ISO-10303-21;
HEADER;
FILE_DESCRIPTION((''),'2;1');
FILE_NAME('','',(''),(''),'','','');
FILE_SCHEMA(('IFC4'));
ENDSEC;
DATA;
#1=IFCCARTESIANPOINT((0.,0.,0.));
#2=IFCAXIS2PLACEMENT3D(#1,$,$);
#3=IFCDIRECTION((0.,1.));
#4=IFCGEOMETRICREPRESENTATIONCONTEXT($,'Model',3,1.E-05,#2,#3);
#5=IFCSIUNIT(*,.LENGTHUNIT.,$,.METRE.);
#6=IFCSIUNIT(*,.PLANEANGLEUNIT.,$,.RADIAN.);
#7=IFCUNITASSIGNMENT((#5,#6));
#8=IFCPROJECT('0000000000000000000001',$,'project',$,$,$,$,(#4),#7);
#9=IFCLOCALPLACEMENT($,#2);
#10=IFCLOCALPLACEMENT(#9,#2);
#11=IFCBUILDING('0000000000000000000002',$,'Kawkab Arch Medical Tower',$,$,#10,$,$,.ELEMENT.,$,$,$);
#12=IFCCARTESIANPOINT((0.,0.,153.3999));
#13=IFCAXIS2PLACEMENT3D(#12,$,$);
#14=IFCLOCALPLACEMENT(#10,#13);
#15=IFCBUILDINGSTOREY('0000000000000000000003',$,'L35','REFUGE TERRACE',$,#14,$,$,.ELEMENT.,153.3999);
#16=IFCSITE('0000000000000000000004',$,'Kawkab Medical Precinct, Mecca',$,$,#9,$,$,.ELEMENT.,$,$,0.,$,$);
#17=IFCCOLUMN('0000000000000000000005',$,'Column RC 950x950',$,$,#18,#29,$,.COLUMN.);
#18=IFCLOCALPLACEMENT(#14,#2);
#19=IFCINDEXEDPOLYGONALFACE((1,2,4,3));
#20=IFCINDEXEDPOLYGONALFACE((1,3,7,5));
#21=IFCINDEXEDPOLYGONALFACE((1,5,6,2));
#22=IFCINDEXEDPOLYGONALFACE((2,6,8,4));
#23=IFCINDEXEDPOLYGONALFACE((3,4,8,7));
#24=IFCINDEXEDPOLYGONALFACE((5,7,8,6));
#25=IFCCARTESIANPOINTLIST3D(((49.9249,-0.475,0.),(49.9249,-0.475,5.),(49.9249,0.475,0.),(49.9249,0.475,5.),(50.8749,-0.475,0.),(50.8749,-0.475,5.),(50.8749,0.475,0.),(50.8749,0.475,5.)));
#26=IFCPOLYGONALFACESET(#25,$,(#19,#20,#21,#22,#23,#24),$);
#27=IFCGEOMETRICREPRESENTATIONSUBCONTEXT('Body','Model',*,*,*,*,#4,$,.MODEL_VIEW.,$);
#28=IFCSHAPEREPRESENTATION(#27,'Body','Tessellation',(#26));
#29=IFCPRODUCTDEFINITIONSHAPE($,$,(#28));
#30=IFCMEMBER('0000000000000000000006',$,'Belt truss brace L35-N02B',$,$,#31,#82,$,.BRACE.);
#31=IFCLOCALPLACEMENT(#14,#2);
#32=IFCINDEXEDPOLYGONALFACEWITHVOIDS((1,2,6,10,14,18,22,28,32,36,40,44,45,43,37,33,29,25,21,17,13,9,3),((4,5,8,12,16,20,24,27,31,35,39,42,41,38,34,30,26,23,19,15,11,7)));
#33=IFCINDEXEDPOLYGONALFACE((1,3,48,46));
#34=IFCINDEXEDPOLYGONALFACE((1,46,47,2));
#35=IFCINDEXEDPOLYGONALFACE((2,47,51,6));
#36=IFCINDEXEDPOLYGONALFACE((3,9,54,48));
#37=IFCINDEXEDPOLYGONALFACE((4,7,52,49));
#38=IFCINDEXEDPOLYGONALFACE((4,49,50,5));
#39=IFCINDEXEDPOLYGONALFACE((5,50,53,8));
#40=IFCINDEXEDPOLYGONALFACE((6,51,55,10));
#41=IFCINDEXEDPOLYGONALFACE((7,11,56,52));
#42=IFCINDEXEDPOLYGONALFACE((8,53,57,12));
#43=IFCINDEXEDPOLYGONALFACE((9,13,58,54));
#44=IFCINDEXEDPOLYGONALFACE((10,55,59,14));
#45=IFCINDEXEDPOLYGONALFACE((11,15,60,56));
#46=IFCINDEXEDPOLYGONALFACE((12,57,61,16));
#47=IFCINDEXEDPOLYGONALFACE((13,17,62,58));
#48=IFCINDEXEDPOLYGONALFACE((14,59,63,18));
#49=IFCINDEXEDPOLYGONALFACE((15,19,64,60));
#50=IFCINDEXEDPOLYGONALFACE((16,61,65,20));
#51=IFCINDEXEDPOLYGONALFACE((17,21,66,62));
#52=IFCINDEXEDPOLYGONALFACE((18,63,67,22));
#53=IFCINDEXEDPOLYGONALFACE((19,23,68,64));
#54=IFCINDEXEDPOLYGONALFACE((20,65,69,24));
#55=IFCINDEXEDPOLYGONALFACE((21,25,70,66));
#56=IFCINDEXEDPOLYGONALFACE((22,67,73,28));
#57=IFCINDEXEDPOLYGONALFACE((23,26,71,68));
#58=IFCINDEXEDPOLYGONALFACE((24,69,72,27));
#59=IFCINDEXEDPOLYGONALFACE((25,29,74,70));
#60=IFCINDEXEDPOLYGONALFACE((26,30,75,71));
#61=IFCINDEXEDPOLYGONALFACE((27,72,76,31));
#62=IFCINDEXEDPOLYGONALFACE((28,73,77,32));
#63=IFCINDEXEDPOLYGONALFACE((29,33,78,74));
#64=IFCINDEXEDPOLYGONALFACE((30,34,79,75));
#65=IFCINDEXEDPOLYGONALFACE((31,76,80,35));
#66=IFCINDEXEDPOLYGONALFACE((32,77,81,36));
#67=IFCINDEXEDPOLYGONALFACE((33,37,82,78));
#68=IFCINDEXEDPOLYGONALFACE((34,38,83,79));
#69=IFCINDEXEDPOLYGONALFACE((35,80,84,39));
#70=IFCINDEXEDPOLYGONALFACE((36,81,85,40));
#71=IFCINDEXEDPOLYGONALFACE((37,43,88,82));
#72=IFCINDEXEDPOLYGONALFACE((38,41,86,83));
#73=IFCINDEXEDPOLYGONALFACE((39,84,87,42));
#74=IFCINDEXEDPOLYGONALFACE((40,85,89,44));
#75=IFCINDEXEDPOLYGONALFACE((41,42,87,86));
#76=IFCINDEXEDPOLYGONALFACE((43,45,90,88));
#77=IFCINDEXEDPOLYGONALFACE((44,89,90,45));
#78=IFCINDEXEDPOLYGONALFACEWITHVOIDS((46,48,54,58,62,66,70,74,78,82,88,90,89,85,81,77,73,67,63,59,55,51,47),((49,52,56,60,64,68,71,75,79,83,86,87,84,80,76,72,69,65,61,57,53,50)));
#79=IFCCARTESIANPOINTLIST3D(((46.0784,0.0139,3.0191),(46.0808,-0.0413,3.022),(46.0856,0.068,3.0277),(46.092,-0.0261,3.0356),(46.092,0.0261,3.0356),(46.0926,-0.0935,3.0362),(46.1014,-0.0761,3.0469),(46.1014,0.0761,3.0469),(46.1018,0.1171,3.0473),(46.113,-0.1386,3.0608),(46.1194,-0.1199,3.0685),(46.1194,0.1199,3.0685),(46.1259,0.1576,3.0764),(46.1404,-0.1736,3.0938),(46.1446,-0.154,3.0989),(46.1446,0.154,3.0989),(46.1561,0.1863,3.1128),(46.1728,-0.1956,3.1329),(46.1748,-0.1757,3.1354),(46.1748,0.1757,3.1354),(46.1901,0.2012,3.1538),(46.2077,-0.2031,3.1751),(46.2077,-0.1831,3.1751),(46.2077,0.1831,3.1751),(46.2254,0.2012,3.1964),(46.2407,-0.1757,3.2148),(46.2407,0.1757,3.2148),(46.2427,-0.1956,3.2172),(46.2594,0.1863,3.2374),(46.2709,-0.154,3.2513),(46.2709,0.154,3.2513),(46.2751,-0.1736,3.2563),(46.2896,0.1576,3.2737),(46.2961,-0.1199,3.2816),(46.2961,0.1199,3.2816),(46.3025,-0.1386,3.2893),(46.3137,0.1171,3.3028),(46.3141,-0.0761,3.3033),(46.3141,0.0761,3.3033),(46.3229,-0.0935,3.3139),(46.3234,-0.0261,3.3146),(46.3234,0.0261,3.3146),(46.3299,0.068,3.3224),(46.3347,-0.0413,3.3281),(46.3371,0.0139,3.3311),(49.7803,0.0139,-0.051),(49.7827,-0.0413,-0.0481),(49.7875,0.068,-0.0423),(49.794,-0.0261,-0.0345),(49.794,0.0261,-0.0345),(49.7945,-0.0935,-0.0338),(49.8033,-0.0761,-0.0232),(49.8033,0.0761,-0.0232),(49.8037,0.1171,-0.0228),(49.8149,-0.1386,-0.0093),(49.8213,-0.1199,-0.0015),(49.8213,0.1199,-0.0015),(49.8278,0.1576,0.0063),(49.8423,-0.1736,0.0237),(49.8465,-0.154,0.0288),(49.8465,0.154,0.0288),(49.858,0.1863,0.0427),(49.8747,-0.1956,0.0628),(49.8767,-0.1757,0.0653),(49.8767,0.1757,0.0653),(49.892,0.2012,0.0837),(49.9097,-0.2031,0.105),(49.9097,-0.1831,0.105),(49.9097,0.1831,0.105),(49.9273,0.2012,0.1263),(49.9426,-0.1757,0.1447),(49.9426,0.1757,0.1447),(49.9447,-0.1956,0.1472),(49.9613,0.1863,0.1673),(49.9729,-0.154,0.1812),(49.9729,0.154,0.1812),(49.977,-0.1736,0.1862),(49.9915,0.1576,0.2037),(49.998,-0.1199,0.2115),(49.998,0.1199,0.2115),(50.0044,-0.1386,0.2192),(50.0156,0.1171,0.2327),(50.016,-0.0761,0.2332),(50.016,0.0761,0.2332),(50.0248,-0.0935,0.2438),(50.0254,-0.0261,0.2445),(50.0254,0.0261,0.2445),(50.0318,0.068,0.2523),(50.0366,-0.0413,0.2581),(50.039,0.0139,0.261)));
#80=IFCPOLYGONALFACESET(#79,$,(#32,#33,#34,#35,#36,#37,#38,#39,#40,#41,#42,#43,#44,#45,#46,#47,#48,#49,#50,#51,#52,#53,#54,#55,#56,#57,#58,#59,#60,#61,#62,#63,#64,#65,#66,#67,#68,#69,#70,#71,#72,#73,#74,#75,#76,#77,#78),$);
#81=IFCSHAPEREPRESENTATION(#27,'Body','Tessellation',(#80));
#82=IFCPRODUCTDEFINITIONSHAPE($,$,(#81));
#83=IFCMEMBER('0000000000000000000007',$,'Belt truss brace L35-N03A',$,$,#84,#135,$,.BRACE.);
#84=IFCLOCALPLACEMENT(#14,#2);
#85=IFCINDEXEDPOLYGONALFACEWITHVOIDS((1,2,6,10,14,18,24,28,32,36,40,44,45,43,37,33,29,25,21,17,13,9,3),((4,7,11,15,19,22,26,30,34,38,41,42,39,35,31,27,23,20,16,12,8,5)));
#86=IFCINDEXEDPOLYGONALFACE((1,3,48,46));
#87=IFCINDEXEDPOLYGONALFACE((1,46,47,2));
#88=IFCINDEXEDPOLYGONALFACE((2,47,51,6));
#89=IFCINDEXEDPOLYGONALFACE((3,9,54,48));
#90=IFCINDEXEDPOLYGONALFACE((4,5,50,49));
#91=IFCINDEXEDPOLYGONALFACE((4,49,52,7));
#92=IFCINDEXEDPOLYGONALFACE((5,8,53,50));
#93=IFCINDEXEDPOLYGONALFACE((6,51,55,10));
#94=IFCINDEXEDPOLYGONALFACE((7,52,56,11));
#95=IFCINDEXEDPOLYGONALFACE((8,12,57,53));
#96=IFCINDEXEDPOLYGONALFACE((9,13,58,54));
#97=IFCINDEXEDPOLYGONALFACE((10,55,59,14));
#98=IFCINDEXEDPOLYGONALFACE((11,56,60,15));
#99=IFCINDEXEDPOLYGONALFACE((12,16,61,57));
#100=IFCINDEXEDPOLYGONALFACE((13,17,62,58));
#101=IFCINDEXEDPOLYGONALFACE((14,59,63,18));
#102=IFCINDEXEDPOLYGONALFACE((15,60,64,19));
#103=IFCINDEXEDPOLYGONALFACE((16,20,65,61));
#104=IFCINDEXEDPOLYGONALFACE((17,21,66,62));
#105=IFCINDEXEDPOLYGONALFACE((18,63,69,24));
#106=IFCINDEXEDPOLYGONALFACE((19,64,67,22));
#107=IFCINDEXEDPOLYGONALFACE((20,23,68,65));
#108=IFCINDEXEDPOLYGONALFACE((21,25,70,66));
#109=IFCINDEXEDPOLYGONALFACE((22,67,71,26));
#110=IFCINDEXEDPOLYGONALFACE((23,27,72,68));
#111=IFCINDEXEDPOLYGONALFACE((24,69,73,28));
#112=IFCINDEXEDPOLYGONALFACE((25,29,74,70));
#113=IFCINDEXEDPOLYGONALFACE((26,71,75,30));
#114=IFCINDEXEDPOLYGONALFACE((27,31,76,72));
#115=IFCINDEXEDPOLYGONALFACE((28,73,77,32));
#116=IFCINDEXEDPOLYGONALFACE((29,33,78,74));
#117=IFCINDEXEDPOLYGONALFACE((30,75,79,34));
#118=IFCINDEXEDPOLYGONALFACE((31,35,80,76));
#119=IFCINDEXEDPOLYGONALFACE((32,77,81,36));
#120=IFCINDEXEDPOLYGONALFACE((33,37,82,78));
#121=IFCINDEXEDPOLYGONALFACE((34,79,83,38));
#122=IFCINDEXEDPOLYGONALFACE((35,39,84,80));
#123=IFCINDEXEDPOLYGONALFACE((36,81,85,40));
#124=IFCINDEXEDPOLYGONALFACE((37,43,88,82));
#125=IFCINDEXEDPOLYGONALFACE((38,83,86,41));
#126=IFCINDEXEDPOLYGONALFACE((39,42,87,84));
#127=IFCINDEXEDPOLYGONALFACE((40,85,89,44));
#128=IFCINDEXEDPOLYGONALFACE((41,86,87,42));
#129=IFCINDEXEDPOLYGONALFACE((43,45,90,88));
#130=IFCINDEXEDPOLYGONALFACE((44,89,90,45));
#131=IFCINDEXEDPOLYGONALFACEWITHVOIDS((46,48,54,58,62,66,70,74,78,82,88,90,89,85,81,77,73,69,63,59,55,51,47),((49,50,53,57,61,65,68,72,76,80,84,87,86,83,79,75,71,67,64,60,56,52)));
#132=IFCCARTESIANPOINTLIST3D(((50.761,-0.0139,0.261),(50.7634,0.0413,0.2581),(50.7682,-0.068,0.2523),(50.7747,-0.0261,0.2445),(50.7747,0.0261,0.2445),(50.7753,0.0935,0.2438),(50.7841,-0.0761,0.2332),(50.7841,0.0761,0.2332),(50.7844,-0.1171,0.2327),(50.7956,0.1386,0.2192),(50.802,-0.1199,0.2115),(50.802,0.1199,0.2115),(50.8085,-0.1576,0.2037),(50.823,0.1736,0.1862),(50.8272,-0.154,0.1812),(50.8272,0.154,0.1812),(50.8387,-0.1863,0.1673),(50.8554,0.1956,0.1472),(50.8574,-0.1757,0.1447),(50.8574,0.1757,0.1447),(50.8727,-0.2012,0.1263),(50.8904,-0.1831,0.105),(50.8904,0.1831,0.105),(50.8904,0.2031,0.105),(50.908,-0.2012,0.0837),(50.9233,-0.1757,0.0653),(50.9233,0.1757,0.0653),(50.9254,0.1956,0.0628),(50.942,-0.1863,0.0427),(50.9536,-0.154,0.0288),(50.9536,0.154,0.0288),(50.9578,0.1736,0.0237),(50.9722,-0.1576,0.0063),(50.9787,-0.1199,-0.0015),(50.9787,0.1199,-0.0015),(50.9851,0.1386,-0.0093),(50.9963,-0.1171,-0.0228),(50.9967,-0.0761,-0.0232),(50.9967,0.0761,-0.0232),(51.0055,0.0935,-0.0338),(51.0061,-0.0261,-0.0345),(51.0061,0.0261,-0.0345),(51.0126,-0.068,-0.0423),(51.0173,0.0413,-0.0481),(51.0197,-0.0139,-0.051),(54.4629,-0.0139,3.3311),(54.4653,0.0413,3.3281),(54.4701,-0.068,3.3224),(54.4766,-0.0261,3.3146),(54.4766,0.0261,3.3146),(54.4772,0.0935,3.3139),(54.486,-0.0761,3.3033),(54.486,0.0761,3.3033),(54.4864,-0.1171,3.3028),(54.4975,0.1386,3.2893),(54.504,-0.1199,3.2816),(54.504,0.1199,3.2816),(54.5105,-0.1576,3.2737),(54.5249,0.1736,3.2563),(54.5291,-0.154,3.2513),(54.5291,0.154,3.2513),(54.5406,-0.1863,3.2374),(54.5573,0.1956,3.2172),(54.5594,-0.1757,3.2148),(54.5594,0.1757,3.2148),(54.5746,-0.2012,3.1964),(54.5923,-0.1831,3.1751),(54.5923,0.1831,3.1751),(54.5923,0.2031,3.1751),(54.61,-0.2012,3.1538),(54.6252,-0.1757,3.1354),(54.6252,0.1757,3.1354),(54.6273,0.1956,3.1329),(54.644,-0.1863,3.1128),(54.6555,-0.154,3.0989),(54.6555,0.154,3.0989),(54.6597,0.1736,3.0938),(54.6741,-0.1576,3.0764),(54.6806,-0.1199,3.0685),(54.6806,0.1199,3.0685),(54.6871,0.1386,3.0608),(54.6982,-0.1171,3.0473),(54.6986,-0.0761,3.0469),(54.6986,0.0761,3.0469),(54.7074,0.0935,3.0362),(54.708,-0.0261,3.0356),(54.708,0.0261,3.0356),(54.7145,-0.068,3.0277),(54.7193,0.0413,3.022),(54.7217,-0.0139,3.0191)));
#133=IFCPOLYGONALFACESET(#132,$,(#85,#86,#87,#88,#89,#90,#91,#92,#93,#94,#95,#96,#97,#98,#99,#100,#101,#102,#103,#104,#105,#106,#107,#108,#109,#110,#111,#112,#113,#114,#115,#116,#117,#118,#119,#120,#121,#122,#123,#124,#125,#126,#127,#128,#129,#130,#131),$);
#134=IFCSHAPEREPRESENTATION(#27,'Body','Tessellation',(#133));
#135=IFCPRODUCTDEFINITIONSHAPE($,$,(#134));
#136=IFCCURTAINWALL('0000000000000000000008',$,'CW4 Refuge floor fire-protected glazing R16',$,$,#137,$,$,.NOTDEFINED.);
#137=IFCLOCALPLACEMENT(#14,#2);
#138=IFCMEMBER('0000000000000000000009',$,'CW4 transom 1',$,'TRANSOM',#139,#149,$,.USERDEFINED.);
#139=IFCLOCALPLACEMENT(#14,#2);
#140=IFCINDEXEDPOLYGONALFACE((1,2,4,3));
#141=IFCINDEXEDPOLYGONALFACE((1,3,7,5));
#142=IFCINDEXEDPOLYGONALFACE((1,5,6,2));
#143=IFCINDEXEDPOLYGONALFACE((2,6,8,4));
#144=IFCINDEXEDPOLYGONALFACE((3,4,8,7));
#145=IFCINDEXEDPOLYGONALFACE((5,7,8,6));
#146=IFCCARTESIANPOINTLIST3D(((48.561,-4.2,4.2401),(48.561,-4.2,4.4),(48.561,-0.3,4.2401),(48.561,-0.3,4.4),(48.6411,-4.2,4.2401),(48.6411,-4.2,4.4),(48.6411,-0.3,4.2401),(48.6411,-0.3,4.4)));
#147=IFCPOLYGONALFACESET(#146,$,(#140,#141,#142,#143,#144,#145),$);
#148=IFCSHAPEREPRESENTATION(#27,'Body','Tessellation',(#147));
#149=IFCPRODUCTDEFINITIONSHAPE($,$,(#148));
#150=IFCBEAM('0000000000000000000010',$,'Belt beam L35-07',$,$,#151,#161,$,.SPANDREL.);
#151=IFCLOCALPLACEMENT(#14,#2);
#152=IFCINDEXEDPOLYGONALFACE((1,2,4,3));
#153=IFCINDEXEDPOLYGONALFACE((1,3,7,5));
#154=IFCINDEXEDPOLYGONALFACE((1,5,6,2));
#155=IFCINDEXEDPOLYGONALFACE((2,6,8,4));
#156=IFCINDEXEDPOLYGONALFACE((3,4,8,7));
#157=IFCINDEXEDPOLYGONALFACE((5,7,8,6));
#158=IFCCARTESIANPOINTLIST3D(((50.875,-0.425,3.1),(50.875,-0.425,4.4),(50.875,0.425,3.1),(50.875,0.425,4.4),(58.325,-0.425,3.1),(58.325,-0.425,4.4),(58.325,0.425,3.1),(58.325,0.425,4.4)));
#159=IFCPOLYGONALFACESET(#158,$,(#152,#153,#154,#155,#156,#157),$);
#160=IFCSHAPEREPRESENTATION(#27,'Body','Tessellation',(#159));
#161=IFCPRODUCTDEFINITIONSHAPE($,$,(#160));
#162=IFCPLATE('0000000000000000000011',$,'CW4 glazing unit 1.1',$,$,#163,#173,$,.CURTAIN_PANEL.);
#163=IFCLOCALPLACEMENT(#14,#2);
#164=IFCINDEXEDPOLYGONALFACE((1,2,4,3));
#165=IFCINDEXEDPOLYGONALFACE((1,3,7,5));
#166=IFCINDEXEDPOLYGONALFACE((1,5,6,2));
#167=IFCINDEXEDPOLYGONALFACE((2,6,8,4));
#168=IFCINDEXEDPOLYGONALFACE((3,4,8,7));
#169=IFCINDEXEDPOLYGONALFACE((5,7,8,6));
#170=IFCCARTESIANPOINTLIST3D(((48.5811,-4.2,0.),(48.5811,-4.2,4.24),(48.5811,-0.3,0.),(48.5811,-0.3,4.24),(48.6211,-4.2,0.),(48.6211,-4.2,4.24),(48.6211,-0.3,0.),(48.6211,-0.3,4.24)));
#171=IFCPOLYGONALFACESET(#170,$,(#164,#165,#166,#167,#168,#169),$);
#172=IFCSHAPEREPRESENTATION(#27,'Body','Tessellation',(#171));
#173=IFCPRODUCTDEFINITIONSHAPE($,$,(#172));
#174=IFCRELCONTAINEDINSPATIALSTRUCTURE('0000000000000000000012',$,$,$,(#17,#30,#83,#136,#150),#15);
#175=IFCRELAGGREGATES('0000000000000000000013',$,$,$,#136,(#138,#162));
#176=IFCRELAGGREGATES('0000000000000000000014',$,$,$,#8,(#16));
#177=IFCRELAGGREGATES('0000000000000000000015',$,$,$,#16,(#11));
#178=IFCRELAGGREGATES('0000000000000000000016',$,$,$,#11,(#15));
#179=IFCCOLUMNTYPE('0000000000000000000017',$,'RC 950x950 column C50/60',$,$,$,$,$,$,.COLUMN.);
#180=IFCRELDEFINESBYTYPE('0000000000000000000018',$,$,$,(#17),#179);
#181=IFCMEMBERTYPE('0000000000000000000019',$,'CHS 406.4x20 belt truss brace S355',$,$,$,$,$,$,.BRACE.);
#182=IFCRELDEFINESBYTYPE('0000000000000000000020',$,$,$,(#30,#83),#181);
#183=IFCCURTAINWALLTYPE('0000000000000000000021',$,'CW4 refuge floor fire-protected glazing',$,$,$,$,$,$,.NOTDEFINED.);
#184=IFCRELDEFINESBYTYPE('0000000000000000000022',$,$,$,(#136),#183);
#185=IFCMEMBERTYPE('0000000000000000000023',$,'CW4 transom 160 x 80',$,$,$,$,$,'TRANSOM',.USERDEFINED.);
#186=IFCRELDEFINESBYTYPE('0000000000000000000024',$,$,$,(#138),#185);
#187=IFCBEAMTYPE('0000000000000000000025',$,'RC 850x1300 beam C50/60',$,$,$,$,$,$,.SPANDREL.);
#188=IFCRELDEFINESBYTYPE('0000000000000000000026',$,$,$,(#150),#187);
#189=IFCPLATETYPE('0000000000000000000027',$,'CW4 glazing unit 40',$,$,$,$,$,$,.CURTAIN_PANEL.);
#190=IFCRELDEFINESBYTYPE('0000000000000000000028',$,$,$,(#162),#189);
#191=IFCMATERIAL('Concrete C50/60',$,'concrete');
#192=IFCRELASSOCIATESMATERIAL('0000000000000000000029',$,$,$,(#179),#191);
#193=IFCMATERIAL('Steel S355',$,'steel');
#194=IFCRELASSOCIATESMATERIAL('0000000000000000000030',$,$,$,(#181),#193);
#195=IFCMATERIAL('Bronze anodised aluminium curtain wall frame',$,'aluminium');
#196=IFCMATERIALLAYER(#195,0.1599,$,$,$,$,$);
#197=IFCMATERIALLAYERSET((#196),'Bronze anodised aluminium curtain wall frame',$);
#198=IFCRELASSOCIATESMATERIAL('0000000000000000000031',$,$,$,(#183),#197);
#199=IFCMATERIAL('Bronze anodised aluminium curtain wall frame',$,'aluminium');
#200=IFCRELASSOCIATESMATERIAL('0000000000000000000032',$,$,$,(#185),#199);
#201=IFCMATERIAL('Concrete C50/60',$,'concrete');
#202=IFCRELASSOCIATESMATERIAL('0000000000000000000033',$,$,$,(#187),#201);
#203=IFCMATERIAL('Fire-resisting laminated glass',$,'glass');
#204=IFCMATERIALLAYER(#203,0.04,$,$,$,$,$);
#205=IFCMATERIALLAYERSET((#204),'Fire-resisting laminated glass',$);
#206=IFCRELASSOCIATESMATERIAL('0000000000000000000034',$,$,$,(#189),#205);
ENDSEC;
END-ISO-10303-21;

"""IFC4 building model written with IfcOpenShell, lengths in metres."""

from ifc_helpers import new_model, si_unit, direction, frame, origin, origin_2d, place, context, subcontext, project, spatial, rectangle, hollow_circle, extrude, material, layer, layer_set, material_profile, profile_set, type_object, element, aggregate, save


model = new_model("IFC4")

# Units and contexts
model_context = context("Model", 3, precision=1e-05, world=origin(), true_north=direction((0.0, 1.0)))
body_context = subcontext(model_context, "Body", "Model", "MODEL_VIEW")
ifc_project = project(units=[si_unit("LENGTHUNIT", "METRE"), si_unit("PLANEANGLEUNIT", "RADIAN")], contexts=[model_context])

# Site, building, storey
site_placement = place(None, origin())
site = spatial("IfcSite", under=ifc_project, at=site_placement, Name="Kawkab Medical Precinct, Mecca", CompositionType="ELEMENT", RefElevation=0.0)
building_placement = place(site_placement, origin())
building = spatial("IfcBuilding", under=site, at=building_placement, Name="Kawkab Arch Medical Tower", CompositionType="ELEMENT")
storey_placement = place(building_placement, frame((0.0, 0.0, 153.3999)))
storey = spatial("IfcBuildingStorey", under=building, at=storey_placement, Name="L35", Description="REFUGE TERRACE", CompositionType="ELEMENT", Elevation=153.3999)

# Column
ifc_material_1 = material(Name="Concrete C50/60", Category="concrete")
ifc_material_profile_1 = material_profile(ifc_material_1, rectangle(XDim=0.95, YDim=0.95, at=origin_2d()), Name="RC 950x950")
ifc_profile_set_1 = profile_set([ifc_material_profile_1], Name="Concrete C50/60")
column_type = type_object("IfcColumnType", Name="RC 950x950 column C50/60", PredefinedType="COLUMN", material=ifc_profile_set_1)
column_placement = place(storey_placement, frame((50.3999, 0.0, 0.0), z_axis=(0.0, 0.0, 1.0), x_axis=(1.0, 0.0, 0.0)))
element("IfcColumn", 1, at=column_placement, inside=storey, type_object=column_type, Name="Column RC 950x950", PredefinedType="COLUMN", context=body_context, shape_type="SweptSolid", body=[
    extrude(rectangle(XDim=0.95, YDim=0.95, at=origin_2d()), origin(), (0.0, 0.0, 1.0), 5.0),
])

# Members
ifc_material_2 = material(Name="Steel S355", Category="steel")
ifc_material_profile_2 = material_profile(ifc_material_2, hollow_circle(Radius=0.2031, WallThickness=0.02, at=origin_2d()), Name="CHS 406.4x20")
ifc_profile_set_2 = profile_set([ifc_material_profile_2], Name="Steel S355")
member_type_1 = type_object("IfcMemberType", Name="CHS 406.4x20 belt truss brace S355", PredefinedType="BRACE", material=ifc_profile_set_2)
for number, where, z_axis, x_axis, name in (
    (2, (49.9097, 0.0, 0.105), (-0.769738, 0.0, 0.63836), (0.0, -1.0, 0.0), "Belt truss brace L35-N02B"),
    (3, (50.8904, 0.0, 0.105), (0.769738, 0.0, 0.63836), (0.0, 1.0, 0.0), "Belt truss brace L35-N03A"),
):
    element("IfcMember", number, at=place(storey_placement, frame(where, z_axis=z_axis, x_axis=x_axis)), inside=storey, type_object=member_type_1, Name=name, PredefinedType="BRACE", context=body_context, shape_type="SweptSolid", body=[
        extrude(hollow_circle(Radius=0.2031, WallThickness=0.02, at=origin_2d()), origin(), (0.0, 0.0, 1.0), 4.8093),
    ])

# Curtain wall, member
ifc_material_3 = material(Name="Bronze anodised aluminium curtain wall frame", Category="aluminium")
ifc_layer_1 = layer(ifc_material_3, 0.1599)
ifc_layer_set_1 = layer_set([ifc_layer_1], Name="Bronze anodised aluminium curtain wall frame")
curtain_wall_type = type_object("IfcCurtainWallType", Name="CW4 refuge floor fire-protected glazing", PredefinedType="NOTDEFINED", material=ifc_layer_set_1)
placement = place(storey_placement, origin())
curtain_wall = element("IfcCurtainWall", 4, at=placement, inside=storey, type_object=curtain_wall_type, Name="CW4 Refuge floor fire-protected glazing R16", PredefinedType="NOTDEFINED")
ifc_material_4 = material(Name="Bronze anodised aluminium curtain wall frame", Category="aluminium")
ifc_material_profile_3 = material_profile(ifc_material_4, rectangle(XDim=0.0801, YDim=0.1599, at=origin_2d()), Name="AL 80x160")
ifc_profile_set_3 = profile_set([ifc_material_profile_3], Name="Bronze anodised aluminium curtain wall frame")
member_type_2 = type_object("IfcMemberType", Name="CW4 transom 160 x 80", ElementType="TRANSOM", PredefinedType="USERDEFINED", material=ifc_profile_set_3)
member_placement = place(storey_placement, frame((48.6011, -4.2, 4.3201), z_axis=(0.0, 1.0, 0.0), x_axis=(-1.0, 0.0, 0.0)))
member = element("IfcMember", 5, at=member_placement, type_object=member_type_2, Name="CW4 transom 1", ObjectType="TRANSOM", PredefinedType="USERDEFINED", context=body_context, shape_type="SweptSolid", body=[
    extrude(rectangle(XDim=0.0801, YDim=0.1599, at=origin_2d()), origin(), (0.0, 0.0, 1.0), 3.8999),
])

# Beam
ifc_material_5 = material(Name="Concrete C50/60", Category="concrete")
ifc_material_profile_4 = material_profile(ifc_material_5, rectangle(XDim=0.8501, YDim=1.3, at=origin_2d()), Name="RC 850x1300")
ifc_profile_set_4 = profile_set([ifc_material_profile_4], Name="Concrete C50/60")
beam_type = type_object("IfcBeamType", Name="RC 850x1300 beam C50/60", PredefinedType="SPANDREL", material=ifc_profile_set_4)
beam_placement = place(storey_placement, frame((50.875, 0.0, 3.75), z_axis=(1.0, 0.0, 0.0), x_axis=(0.0, 1.0, 0.0)))
element("IfcBeam", 6, at=beam_placement, inside=storey, type_object=beam_type, Name="Belt beam L35-07", PredefinedType="SPANDREL", context=body_context, shape_type="SweptSolid", body=[
    extrude(rectangle(XDim=0.8501, YDim=1.3, at=origin_2d()), origin(), (0.0, 0.0, 1.0), 7.45),
])

# Plate
ifc_material_6 = material(Name="Fire-resisting laminated glass", Category="glass")
ifc_layer_2 = layer(ifc_material_6, 0.04)
ifc_layer_set_2 = layer_set([ifc_layer_2], Name="Fire-resisting laminated glass")
plate_type = type_object("IfcPlateType", Name="CW4 glazing unit 40", PredefinedType="CURTAIN_PANEL", material=ifc_layer_set_2)
plate_placement = place(storey_placement, frame((48.6011, -2.25, 0.0), z_axis=(0.0, 0.0, 1.0), x_axis=(0.0, 1.0, 0.0)))
plate = element("IfcPlate", 7, at=plate_placement, type_object=plate_type, Name="CW4 glazing unit 1.1", PredefinedType="CURTAIN_PANEL", context=body_context, shape_type="SweptSolid", body=[
    extrude(rectangle(XDim=3.8999, YDim=0.04, at=origin_2d()), origin(), (0.0, 0.0, 1.0), 4.24),
])
aggregate(curtain_wall, [member, plate])

save(model, "model.ifc")
